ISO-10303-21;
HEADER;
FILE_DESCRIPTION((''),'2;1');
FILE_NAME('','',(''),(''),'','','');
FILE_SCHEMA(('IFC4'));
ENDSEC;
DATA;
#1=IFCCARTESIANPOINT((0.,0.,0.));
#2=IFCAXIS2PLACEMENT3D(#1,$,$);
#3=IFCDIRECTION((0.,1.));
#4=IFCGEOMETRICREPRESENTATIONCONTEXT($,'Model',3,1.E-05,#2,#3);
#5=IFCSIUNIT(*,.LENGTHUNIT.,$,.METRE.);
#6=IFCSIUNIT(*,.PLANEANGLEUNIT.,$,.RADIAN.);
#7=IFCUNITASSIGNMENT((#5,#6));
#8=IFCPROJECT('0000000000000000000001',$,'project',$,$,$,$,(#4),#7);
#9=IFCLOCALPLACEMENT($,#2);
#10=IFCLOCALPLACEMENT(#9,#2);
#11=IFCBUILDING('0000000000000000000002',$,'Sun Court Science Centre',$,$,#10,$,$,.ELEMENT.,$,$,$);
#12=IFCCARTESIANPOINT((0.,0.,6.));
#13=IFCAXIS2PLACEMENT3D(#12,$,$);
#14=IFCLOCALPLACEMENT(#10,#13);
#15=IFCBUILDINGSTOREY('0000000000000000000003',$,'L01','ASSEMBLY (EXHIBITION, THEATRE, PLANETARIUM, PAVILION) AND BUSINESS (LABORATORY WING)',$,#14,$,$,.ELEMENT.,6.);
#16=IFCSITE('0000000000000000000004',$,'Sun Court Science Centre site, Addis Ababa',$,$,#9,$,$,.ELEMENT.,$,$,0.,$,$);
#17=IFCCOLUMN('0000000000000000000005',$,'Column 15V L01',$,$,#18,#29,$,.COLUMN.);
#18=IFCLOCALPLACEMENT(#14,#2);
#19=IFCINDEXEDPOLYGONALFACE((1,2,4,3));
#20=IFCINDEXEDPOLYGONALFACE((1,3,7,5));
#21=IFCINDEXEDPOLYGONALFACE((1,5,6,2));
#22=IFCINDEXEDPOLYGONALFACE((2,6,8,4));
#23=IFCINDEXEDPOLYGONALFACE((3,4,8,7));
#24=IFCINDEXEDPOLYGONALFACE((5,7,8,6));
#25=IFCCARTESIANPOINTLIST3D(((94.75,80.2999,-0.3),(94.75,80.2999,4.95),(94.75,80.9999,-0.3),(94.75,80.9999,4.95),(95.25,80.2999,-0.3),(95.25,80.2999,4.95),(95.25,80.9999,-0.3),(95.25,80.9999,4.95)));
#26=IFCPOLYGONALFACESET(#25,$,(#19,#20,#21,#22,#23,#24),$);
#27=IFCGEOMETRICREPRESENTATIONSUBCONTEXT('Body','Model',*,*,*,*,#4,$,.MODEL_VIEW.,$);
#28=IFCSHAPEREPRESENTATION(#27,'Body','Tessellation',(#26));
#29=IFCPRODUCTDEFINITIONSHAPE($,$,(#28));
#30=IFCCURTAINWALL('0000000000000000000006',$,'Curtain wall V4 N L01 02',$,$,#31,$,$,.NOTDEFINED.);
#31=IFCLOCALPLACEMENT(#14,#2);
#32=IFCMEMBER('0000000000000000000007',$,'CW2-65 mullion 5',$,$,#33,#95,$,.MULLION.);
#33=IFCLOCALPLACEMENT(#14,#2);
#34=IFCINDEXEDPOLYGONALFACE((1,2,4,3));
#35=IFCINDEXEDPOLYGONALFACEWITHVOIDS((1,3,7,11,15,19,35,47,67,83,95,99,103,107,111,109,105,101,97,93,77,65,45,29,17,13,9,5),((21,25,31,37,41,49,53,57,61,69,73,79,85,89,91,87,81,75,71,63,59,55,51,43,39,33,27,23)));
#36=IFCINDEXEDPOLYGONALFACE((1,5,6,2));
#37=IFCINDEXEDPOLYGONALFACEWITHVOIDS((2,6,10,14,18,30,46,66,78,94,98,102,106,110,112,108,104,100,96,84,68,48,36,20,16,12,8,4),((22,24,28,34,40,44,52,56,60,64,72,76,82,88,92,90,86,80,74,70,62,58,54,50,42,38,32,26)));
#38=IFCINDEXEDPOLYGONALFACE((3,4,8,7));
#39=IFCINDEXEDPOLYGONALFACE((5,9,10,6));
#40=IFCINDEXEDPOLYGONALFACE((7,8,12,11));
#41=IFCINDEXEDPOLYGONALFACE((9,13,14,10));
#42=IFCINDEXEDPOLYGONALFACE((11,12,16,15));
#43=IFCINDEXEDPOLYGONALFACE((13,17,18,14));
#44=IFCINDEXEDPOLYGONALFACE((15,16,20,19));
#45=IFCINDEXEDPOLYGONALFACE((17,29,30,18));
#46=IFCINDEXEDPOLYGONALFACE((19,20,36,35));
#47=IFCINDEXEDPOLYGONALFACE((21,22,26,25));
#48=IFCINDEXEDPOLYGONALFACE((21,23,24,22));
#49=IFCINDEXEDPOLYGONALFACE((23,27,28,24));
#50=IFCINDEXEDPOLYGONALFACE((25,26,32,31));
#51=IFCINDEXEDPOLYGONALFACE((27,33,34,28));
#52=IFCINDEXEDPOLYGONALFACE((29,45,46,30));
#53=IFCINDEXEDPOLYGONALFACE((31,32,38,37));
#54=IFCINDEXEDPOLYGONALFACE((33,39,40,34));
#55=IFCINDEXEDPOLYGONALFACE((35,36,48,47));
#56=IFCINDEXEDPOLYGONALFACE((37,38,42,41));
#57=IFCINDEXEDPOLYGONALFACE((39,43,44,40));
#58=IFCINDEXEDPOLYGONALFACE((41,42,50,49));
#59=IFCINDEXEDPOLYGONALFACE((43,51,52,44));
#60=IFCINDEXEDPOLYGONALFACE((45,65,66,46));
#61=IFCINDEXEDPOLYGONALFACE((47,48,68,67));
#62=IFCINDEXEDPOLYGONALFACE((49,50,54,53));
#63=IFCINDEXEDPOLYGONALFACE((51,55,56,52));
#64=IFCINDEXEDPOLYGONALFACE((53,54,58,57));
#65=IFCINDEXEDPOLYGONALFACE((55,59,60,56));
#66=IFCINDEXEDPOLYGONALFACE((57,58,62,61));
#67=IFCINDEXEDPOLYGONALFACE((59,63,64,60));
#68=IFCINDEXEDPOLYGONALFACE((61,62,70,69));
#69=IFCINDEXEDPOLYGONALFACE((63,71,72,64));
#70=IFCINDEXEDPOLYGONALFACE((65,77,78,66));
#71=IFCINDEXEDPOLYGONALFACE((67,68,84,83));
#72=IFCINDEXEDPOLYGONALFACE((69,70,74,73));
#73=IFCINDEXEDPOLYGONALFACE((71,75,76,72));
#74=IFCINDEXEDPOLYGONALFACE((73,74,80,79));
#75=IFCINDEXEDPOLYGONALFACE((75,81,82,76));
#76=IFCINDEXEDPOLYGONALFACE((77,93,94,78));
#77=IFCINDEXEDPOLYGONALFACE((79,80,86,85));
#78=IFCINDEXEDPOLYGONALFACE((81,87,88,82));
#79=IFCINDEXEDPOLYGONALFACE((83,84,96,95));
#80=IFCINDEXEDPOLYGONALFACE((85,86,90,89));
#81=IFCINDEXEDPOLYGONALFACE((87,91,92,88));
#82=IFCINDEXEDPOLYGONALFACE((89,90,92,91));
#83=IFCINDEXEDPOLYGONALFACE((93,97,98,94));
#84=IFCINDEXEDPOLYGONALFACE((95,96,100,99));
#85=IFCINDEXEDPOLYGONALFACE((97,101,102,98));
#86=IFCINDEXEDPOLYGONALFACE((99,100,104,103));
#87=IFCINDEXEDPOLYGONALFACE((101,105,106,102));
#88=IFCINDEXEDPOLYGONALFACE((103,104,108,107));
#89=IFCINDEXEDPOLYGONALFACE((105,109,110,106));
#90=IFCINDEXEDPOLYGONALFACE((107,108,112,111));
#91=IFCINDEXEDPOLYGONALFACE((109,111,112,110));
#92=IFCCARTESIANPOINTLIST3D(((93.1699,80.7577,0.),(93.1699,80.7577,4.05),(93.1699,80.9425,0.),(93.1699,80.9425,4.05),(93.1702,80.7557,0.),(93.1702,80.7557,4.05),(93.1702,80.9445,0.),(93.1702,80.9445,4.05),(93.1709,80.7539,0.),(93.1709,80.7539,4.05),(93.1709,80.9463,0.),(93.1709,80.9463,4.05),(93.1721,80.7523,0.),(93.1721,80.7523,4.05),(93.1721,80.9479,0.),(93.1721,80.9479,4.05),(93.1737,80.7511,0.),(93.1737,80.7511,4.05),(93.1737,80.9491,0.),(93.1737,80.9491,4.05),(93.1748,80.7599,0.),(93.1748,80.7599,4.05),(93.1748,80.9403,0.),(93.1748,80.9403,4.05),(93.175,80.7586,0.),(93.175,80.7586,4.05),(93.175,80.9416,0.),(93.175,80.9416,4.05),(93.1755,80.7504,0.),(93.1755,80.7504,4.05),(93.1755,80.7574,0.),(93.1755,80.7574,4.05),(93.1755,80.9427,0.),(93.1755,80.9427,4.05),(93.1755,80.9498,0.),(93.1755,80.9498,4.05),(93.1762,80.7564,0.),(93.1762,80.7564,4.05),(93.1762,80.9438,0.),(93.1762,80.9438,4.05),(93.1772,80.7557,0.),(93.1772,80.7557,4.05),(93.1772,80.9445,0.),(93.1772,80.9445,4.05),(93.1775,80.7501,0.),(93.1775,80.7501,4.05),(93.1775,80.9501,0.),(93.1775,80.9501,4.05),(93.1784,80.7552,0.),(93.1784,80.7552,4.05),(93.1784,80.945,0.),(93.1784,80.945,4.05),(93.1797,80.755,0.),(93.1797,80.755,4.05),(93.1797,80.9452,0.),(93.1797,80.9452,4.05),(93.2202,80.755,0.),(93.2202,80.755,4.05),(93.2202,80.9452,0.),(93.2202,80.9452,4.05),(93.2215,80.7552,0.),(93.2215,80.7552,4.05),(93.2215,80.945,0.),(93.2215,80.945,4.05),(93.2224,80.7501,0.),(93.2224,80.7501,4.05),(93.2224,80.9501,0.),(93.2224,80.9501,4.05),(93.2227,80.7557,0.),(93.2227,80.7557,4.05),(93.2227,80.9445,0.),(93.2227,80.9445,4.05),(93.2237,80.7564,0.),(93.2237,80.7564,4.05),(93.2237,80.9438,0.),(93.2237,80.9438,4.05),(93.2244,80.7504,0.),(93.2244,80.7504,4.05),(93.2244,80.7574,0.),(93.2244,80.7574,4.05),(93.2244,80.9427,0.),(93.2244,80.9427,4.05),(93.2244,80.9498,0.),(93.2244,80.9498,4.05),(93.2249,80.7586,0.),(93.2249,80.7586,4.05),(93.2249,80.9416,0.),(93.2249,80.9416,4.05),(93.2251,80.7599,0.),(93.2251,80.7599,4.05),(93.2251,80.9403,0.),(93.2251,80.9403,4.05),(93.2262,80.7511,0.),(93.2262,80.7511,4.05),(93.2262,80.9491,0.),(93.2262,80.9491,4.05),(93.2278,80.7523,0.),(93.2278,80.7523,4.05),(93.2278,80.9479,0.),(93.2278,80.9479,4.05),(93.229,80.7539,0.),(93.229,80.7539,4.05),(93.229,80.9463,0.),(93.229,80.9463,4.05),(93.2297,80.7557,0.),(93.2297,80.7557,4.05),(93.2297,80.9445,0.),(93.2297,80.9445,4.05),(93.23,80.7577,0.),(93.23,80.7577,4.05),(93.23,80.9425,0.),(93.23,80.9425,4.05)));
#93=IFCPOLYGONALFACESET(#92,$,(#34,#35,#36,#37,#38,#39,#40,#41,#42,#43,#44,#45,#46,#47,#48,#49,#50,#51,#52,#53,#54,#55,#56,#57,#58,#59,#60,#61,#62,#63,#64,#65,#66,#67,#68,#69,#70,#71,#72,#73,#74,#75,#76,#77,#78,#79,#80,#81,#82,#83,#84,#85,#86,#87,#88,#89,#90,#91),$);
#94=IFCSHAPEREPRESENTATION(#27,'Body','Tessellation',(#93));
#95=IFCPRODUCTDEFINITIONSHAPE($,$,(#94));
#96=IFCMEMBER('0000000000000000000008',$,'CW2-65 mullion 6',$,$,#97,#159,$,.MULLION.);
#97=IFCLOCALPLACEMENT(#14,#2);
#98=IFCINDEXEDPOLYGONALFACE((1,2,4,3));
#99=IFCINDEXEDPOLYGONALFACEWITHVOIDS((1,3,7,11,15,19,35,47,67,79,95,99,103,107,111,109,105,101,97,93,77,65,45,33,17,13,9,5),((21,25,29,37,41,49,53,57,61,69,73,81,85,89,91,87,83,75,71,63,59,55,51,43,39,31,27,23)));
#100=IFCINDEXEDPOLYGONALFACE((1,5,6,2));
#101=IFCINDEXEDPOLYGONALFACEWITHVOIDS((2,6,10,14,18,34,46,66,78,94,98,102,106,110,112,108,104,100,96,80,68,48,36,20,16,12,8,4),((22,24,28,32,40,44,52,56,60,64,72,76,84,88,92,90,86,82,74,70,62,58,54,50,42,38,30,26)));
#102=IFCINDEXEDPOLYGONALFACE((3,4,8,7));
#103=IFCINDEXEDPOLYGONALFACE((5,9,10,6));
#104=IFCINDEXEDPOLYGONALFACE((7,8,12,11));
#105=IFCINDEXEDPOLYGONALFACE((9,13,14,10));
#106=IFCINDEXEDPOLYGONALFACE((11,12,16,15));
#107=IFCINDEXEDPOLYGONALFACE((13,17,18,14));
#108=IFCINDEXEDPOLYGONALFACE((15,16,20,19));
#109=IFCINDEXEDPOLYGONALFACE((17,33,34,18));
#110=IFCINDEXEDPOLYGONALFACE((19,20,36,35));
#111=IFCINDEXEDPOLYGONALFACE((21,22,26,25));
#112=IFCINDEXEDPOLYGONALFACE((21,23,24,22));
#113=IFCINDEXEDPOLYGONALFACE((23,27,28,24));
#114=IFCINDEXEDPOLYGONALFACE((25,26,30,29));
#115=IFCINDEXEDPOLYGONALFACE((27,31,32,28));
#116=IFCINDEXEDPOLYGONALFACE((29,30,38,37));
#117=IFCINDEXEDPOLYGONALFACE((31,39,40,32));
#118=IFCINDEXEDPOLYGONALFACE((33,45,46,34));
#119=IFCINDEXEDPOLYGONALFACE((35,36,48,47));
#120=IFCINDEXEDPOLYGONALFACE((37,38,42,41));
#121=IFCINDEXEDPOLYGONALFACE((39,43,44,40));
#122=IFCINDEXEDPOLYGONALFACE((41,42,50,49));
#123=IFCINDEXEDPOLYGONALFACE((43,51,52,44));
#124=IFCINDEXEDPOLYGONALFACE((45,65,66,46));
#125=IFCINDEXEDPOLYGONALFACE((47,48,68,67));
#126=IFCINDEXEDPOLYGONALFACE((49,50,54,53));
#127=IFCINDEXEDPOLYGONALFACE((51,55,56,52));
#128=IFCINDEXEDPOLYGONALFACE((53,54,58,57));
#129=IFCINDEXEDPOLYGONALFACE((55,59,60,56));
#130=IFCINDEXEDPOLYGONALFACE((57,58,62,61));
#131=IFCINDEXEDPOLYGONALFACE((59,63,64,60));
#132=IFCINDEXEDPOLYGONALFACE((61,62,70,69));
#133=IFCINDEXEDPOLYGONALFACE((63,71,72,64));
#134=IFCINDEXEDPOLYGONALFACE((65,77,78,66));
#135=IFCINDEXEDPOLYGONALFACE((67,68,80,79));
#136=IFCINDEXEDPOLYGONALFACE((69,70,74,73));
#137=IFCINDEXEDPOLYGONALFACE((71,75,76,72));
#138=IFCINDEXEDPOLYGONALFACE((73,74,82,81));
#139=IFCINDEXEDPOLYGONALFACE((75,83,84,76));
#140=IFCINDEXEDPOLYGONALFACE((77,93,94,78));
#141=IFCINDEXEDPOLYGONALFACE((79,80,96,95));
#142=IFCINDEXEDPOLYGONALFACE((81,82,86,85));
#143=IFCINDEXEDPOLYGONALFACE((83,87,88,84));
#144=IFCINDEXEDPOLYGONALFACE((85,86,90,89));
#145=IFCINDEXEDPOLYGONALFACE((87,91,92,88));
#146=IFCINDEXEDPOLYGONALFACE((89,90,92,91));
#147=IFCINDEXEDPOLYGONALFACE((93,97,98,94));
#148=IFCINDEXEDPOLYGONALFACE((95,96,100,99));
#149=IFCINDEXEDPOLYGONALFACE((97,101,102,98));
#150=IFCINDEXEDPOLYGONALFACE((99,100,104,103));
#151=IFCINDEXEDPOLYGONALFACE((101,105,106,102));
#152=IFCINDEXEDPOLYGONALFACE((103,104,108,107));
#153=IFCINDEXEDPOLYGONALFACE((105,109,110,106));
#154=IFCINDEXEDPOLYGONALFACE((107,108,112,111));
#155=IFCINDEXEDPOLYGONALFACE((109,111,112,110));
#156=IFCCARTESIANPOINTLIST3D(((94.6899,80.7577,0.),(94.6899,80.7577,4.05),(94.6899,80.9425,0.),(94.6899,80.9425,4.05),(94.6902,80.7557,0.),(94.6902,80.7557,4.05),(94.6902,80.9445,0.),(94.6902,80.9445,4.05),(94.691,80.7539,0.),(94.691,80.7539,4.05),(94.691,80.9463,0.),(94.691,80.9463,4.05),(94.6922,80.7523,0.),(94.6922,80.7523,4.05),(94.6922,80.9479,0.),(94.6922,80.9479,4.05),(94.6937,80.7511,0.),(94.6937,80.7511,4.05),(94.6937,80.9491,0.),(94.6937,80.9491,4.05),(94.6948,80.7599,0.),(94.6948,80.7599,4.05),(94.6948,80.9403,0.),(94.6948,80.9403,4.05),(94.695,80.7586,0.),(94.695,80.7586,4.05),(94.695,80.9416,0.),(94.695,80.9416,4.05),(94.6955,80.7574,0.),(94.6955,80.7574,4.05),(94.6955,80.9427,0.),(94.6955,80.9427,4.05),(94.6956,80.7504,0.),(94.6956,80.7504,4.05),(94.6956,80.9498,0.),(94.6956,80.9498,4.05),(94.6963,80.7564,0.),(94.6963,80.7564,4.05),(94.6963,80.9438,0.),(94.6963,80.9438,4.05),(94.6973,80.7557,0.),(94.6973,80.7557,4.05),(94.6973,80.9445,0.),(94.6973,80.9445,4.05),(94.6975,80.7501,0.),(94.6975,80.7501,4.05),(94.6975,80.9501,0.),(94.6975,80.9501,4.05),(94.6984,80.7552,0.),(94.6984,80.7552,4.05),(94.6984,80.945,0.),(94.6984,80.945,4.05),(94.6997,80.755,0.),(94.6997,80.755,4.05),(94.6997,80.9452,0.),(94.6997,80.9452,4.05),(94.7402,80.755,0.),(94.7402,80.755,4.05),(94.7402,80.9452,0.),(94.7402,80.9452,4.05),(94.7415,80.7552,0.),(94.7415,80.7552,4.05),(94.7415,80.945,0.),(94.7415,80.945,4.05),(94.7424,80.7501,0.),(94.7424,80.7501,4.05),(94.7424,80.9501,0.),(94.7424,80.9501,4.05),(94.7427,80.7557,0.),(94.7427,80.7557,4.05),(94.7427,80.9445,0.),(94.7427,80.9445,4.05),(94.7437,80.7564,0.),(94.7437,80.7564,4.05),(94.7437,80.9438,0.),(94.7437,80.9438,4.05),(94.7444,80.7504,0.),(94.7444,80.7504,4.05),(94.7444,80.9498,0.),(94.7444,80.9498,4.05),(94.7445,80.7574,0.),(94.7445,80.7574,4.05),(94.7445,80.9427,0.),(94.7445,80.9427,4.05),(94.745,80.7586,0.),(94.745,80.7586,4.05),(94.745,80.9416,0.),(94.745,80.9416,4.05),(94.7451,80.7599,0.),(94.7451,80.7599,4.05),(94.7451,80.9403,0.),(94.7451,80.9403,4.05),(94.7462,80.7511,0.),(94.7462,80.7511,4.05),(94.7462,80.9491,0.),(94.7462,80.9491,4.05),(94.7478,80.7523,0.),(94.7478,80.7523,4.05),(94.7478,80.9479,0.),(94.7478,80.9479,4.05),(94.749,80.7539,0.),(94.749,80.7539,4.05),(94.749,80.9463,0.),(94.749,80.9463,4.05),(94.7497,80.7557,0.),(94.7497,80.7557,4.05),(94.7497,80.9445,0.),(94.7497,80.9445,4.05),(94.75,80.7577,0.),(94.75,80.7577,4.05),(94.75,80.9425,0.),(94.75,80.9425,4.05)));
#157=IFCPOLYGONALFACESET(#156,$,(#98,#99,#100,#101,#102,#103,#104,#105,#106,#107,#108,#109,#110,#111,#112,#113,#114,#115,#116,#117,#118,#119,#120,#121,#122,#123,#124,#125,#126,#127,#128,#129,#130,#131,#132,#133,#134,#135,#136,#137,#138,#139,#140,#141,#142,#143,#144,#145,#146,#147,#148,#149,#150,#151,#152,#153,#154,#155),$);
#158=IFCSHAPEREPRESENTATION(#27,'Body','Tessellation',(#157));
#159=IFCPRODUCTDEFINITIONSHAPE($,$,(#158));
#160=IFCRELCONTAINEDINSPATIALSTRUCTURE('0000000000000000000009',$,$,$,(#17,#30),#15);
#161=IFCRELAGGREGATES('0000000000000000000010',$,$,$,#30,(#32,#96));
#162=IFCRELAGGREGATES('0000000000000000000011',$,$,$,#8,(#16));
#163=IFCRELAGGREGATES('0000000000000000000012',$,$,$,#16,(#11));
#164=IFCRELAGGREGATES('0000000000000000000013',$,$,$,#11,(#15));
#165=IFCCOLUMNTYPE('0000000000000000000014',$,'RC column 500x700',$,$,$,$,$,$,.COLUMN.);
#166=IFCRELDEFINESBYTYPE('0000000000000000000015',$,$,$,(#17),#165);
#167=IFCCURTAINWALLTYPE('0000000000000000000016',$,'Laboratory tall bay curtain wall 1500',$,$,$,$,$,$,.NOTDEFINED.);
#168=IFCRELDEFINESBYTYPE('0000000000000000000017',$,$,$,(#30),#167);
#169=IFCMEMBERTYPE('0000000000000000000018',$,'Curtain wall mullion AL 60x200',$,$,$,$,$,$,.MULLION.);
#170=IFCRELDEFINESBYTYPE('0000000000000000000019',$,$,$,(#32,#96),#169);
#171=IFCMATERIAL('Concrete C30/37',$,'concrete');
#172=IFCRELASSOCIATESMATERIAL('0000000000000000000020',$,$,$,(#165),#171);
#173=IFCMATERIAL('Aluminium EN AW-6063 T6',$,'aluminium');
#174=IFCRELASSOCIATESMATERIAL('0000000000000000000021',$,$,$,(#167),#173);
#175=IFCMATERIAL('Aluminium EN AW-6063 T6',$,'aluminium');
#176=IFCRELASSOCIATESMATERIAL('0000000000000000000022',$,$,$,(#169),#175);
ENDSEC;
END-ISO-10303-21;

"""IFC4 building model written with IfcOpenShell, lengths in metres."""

from ifc_helpers import new_model, si_unit, direction, frame, origin, origin_2d, place, context, subcontext, project, spatial, rectangle, hollow_rectangle, extrude, material, material_profile, profile_set, type_object, element, aggregate, save


model = new_model("IFC4")

# Units and contexts
model_context = context("Model", 3, precision=1e-05, world=origin(), true_north=direction((0.0, 1.0)))
body_context = subcontext(model_context, "Body", "Model", "MODEL_VIEW")
ifc_project = project(units=[si_unit("LENGTHUNIT", "METRE"), si_unit("PLANEANGLEUNIT", "RADIAN")], contexts=[model_context])

# Site, building, storey
site_placement = place(None, origin())
site = spatial("IfcSite", under=ifc_project, at=site_placement, Name="Sun Court Science Centre site, Addis Ababa", CompositionType="ELEMENT", RefElevation=0.0)
building_placement = place(site_placement, origin())
building = spatial("IfcBuilding", under=site, at=building_placement, Name="Sun Court Science Centre", CompositionType="ELEMENT")
storey_placement = place(building_placement, frame((0.0, 0.0, 6.0)))
storey = spatial("IfcBuildingStorey", under=building, at=storey_placement, Name="L01", Description="ASSEMBLY (EXHIBITION, THEATRE, PLANETARIUM, PAVILION) AND BUSINESS (LABORATORY WING)", CompositionType="ELEMENT", Elevation=6.0)

# Column
ifc_material_1 = material(Name="Concrete C30/37", Category="concrete")
ifc_material_profile_1 = material_profile(ifc_material_1, rectangle(XDim=0.5, YDim=0.7, at=origin_2d()), Name="RC 500x700")
ifc_profile_set_1 = profile_set([ifc_material_profile_1], Name="Concrete C30/37")
column_type = type_object("IfcColumnType", Name="RC column 500x700", PredefinedType="COLUMN", material=ifc_profile_set_1)
column_placement = place(storey_placement, frame((95.0, 80.6499, -0.3), z_axis=(0.0, 0.0, 1.0), x_axis=(1.0, 0.0, 0.0)))
element("IfcColumn", 1, at=column_placement, inside=storey, type_object=column_type, Name="Column 15V L01", PredefinedType="COLUMN", context=body_context, shape_type="SweptSolid", body=[
    extrude(rectangle(XDim=0.5, YDim=0.7, at=origin_2d()), origin(), (0.0, 0.0, 1.0), 5.25),
])

# Curtain wall, members
ifc_material_2 = material(Name="Aluminium EN AW-6063 T6", Category="aluminium")
curtain_wall_type = type_object("IfcCurtainWallType", Name="Laboratory tall bay curtain wall 1500", PredefinedType="NOTDEFINED", material=ifc_material_2)
curtain_wall_1_placement = place(storey_placement, origin())
curtain_wall_1 = element("IfcCurtainWall", 2, at=curtain_wall_1_placement, inside=storey, type_object=curtain_wall_type, Name="Curtain wall V4 N L01 02", PredefinedType="NOTDEFINED")
ifc_material_3 = material(Name="Aluminium EN AW-6063 T6", Category="aluminium")
ifc_material_profile_2 = material_profile(ifc_material_3, hollow_rectangle(XDim=0.0601, YDim=0.2, WallThickness=0.0049, InnerFilletRadius=0.0049, OuterFilletRadius=0.0076, at=origin_2d()), Name="AL 60x200x5")
ifc_profile_set_2 = profile_set([ifc_material_profile_2], Name="Aluminium EN AW-6063 T6")
member_type_1 = type_object("IfcMemberType", Name="Curtain wall mullion AL 60x200", PredefinedType="MULLION", material=ifc_profile_set_2)
member_1_placement = place(storey_placement, frame((93.2, 80.8501, 0.0), z_axis=(0.0, 0.0, 1.0), x_axis=(1.0, 0.0, 0.0)))
member_1 = element("IfcMember", 3, at=member_1_placement, type_object=member_type_1, Name="CW2-65 mullion 5", PredefinedType="MULLION", context=body_context, shape_type="SweptSolid", body=[
    extrude(hollow_rectangle(XDim=0.0601, YDim=0.2, WallThickness=0.0049, InnerFilletRadius=0.0049, OuterFilletRadius=0.0076, at=origin_2d()), origin(), (0.0, 0.0, 1.0), 4.05),
])
member_2_placement = place(storey_placement, frame((94.72, 80.8501, 0.0), z_axis=(0.0, 0.0, 1.0), x_axis=(1.0, 0.0, 0.0)))
member_2 = element("IfcMember", 4, at=member_2_placement, type_object=member_type_1, Name="CW2-65 mullion 6", PredefinedType="MULLION", context=body_context, shape_type="SweptSolid", body=[
    extrude(hollow_rectangle(XDim=0.0601, YDim=0.2, WallThickness=0.0049, InnerFilletRadius=0.0049, OuterFilletRadius=0.0076, at=origin_2d()), origin(), (0.0, 0.0, 1.0), 4.05),
])

aggregate(curtain_wall_1, [member_1, member_2])

save(model, "model.ifc")
